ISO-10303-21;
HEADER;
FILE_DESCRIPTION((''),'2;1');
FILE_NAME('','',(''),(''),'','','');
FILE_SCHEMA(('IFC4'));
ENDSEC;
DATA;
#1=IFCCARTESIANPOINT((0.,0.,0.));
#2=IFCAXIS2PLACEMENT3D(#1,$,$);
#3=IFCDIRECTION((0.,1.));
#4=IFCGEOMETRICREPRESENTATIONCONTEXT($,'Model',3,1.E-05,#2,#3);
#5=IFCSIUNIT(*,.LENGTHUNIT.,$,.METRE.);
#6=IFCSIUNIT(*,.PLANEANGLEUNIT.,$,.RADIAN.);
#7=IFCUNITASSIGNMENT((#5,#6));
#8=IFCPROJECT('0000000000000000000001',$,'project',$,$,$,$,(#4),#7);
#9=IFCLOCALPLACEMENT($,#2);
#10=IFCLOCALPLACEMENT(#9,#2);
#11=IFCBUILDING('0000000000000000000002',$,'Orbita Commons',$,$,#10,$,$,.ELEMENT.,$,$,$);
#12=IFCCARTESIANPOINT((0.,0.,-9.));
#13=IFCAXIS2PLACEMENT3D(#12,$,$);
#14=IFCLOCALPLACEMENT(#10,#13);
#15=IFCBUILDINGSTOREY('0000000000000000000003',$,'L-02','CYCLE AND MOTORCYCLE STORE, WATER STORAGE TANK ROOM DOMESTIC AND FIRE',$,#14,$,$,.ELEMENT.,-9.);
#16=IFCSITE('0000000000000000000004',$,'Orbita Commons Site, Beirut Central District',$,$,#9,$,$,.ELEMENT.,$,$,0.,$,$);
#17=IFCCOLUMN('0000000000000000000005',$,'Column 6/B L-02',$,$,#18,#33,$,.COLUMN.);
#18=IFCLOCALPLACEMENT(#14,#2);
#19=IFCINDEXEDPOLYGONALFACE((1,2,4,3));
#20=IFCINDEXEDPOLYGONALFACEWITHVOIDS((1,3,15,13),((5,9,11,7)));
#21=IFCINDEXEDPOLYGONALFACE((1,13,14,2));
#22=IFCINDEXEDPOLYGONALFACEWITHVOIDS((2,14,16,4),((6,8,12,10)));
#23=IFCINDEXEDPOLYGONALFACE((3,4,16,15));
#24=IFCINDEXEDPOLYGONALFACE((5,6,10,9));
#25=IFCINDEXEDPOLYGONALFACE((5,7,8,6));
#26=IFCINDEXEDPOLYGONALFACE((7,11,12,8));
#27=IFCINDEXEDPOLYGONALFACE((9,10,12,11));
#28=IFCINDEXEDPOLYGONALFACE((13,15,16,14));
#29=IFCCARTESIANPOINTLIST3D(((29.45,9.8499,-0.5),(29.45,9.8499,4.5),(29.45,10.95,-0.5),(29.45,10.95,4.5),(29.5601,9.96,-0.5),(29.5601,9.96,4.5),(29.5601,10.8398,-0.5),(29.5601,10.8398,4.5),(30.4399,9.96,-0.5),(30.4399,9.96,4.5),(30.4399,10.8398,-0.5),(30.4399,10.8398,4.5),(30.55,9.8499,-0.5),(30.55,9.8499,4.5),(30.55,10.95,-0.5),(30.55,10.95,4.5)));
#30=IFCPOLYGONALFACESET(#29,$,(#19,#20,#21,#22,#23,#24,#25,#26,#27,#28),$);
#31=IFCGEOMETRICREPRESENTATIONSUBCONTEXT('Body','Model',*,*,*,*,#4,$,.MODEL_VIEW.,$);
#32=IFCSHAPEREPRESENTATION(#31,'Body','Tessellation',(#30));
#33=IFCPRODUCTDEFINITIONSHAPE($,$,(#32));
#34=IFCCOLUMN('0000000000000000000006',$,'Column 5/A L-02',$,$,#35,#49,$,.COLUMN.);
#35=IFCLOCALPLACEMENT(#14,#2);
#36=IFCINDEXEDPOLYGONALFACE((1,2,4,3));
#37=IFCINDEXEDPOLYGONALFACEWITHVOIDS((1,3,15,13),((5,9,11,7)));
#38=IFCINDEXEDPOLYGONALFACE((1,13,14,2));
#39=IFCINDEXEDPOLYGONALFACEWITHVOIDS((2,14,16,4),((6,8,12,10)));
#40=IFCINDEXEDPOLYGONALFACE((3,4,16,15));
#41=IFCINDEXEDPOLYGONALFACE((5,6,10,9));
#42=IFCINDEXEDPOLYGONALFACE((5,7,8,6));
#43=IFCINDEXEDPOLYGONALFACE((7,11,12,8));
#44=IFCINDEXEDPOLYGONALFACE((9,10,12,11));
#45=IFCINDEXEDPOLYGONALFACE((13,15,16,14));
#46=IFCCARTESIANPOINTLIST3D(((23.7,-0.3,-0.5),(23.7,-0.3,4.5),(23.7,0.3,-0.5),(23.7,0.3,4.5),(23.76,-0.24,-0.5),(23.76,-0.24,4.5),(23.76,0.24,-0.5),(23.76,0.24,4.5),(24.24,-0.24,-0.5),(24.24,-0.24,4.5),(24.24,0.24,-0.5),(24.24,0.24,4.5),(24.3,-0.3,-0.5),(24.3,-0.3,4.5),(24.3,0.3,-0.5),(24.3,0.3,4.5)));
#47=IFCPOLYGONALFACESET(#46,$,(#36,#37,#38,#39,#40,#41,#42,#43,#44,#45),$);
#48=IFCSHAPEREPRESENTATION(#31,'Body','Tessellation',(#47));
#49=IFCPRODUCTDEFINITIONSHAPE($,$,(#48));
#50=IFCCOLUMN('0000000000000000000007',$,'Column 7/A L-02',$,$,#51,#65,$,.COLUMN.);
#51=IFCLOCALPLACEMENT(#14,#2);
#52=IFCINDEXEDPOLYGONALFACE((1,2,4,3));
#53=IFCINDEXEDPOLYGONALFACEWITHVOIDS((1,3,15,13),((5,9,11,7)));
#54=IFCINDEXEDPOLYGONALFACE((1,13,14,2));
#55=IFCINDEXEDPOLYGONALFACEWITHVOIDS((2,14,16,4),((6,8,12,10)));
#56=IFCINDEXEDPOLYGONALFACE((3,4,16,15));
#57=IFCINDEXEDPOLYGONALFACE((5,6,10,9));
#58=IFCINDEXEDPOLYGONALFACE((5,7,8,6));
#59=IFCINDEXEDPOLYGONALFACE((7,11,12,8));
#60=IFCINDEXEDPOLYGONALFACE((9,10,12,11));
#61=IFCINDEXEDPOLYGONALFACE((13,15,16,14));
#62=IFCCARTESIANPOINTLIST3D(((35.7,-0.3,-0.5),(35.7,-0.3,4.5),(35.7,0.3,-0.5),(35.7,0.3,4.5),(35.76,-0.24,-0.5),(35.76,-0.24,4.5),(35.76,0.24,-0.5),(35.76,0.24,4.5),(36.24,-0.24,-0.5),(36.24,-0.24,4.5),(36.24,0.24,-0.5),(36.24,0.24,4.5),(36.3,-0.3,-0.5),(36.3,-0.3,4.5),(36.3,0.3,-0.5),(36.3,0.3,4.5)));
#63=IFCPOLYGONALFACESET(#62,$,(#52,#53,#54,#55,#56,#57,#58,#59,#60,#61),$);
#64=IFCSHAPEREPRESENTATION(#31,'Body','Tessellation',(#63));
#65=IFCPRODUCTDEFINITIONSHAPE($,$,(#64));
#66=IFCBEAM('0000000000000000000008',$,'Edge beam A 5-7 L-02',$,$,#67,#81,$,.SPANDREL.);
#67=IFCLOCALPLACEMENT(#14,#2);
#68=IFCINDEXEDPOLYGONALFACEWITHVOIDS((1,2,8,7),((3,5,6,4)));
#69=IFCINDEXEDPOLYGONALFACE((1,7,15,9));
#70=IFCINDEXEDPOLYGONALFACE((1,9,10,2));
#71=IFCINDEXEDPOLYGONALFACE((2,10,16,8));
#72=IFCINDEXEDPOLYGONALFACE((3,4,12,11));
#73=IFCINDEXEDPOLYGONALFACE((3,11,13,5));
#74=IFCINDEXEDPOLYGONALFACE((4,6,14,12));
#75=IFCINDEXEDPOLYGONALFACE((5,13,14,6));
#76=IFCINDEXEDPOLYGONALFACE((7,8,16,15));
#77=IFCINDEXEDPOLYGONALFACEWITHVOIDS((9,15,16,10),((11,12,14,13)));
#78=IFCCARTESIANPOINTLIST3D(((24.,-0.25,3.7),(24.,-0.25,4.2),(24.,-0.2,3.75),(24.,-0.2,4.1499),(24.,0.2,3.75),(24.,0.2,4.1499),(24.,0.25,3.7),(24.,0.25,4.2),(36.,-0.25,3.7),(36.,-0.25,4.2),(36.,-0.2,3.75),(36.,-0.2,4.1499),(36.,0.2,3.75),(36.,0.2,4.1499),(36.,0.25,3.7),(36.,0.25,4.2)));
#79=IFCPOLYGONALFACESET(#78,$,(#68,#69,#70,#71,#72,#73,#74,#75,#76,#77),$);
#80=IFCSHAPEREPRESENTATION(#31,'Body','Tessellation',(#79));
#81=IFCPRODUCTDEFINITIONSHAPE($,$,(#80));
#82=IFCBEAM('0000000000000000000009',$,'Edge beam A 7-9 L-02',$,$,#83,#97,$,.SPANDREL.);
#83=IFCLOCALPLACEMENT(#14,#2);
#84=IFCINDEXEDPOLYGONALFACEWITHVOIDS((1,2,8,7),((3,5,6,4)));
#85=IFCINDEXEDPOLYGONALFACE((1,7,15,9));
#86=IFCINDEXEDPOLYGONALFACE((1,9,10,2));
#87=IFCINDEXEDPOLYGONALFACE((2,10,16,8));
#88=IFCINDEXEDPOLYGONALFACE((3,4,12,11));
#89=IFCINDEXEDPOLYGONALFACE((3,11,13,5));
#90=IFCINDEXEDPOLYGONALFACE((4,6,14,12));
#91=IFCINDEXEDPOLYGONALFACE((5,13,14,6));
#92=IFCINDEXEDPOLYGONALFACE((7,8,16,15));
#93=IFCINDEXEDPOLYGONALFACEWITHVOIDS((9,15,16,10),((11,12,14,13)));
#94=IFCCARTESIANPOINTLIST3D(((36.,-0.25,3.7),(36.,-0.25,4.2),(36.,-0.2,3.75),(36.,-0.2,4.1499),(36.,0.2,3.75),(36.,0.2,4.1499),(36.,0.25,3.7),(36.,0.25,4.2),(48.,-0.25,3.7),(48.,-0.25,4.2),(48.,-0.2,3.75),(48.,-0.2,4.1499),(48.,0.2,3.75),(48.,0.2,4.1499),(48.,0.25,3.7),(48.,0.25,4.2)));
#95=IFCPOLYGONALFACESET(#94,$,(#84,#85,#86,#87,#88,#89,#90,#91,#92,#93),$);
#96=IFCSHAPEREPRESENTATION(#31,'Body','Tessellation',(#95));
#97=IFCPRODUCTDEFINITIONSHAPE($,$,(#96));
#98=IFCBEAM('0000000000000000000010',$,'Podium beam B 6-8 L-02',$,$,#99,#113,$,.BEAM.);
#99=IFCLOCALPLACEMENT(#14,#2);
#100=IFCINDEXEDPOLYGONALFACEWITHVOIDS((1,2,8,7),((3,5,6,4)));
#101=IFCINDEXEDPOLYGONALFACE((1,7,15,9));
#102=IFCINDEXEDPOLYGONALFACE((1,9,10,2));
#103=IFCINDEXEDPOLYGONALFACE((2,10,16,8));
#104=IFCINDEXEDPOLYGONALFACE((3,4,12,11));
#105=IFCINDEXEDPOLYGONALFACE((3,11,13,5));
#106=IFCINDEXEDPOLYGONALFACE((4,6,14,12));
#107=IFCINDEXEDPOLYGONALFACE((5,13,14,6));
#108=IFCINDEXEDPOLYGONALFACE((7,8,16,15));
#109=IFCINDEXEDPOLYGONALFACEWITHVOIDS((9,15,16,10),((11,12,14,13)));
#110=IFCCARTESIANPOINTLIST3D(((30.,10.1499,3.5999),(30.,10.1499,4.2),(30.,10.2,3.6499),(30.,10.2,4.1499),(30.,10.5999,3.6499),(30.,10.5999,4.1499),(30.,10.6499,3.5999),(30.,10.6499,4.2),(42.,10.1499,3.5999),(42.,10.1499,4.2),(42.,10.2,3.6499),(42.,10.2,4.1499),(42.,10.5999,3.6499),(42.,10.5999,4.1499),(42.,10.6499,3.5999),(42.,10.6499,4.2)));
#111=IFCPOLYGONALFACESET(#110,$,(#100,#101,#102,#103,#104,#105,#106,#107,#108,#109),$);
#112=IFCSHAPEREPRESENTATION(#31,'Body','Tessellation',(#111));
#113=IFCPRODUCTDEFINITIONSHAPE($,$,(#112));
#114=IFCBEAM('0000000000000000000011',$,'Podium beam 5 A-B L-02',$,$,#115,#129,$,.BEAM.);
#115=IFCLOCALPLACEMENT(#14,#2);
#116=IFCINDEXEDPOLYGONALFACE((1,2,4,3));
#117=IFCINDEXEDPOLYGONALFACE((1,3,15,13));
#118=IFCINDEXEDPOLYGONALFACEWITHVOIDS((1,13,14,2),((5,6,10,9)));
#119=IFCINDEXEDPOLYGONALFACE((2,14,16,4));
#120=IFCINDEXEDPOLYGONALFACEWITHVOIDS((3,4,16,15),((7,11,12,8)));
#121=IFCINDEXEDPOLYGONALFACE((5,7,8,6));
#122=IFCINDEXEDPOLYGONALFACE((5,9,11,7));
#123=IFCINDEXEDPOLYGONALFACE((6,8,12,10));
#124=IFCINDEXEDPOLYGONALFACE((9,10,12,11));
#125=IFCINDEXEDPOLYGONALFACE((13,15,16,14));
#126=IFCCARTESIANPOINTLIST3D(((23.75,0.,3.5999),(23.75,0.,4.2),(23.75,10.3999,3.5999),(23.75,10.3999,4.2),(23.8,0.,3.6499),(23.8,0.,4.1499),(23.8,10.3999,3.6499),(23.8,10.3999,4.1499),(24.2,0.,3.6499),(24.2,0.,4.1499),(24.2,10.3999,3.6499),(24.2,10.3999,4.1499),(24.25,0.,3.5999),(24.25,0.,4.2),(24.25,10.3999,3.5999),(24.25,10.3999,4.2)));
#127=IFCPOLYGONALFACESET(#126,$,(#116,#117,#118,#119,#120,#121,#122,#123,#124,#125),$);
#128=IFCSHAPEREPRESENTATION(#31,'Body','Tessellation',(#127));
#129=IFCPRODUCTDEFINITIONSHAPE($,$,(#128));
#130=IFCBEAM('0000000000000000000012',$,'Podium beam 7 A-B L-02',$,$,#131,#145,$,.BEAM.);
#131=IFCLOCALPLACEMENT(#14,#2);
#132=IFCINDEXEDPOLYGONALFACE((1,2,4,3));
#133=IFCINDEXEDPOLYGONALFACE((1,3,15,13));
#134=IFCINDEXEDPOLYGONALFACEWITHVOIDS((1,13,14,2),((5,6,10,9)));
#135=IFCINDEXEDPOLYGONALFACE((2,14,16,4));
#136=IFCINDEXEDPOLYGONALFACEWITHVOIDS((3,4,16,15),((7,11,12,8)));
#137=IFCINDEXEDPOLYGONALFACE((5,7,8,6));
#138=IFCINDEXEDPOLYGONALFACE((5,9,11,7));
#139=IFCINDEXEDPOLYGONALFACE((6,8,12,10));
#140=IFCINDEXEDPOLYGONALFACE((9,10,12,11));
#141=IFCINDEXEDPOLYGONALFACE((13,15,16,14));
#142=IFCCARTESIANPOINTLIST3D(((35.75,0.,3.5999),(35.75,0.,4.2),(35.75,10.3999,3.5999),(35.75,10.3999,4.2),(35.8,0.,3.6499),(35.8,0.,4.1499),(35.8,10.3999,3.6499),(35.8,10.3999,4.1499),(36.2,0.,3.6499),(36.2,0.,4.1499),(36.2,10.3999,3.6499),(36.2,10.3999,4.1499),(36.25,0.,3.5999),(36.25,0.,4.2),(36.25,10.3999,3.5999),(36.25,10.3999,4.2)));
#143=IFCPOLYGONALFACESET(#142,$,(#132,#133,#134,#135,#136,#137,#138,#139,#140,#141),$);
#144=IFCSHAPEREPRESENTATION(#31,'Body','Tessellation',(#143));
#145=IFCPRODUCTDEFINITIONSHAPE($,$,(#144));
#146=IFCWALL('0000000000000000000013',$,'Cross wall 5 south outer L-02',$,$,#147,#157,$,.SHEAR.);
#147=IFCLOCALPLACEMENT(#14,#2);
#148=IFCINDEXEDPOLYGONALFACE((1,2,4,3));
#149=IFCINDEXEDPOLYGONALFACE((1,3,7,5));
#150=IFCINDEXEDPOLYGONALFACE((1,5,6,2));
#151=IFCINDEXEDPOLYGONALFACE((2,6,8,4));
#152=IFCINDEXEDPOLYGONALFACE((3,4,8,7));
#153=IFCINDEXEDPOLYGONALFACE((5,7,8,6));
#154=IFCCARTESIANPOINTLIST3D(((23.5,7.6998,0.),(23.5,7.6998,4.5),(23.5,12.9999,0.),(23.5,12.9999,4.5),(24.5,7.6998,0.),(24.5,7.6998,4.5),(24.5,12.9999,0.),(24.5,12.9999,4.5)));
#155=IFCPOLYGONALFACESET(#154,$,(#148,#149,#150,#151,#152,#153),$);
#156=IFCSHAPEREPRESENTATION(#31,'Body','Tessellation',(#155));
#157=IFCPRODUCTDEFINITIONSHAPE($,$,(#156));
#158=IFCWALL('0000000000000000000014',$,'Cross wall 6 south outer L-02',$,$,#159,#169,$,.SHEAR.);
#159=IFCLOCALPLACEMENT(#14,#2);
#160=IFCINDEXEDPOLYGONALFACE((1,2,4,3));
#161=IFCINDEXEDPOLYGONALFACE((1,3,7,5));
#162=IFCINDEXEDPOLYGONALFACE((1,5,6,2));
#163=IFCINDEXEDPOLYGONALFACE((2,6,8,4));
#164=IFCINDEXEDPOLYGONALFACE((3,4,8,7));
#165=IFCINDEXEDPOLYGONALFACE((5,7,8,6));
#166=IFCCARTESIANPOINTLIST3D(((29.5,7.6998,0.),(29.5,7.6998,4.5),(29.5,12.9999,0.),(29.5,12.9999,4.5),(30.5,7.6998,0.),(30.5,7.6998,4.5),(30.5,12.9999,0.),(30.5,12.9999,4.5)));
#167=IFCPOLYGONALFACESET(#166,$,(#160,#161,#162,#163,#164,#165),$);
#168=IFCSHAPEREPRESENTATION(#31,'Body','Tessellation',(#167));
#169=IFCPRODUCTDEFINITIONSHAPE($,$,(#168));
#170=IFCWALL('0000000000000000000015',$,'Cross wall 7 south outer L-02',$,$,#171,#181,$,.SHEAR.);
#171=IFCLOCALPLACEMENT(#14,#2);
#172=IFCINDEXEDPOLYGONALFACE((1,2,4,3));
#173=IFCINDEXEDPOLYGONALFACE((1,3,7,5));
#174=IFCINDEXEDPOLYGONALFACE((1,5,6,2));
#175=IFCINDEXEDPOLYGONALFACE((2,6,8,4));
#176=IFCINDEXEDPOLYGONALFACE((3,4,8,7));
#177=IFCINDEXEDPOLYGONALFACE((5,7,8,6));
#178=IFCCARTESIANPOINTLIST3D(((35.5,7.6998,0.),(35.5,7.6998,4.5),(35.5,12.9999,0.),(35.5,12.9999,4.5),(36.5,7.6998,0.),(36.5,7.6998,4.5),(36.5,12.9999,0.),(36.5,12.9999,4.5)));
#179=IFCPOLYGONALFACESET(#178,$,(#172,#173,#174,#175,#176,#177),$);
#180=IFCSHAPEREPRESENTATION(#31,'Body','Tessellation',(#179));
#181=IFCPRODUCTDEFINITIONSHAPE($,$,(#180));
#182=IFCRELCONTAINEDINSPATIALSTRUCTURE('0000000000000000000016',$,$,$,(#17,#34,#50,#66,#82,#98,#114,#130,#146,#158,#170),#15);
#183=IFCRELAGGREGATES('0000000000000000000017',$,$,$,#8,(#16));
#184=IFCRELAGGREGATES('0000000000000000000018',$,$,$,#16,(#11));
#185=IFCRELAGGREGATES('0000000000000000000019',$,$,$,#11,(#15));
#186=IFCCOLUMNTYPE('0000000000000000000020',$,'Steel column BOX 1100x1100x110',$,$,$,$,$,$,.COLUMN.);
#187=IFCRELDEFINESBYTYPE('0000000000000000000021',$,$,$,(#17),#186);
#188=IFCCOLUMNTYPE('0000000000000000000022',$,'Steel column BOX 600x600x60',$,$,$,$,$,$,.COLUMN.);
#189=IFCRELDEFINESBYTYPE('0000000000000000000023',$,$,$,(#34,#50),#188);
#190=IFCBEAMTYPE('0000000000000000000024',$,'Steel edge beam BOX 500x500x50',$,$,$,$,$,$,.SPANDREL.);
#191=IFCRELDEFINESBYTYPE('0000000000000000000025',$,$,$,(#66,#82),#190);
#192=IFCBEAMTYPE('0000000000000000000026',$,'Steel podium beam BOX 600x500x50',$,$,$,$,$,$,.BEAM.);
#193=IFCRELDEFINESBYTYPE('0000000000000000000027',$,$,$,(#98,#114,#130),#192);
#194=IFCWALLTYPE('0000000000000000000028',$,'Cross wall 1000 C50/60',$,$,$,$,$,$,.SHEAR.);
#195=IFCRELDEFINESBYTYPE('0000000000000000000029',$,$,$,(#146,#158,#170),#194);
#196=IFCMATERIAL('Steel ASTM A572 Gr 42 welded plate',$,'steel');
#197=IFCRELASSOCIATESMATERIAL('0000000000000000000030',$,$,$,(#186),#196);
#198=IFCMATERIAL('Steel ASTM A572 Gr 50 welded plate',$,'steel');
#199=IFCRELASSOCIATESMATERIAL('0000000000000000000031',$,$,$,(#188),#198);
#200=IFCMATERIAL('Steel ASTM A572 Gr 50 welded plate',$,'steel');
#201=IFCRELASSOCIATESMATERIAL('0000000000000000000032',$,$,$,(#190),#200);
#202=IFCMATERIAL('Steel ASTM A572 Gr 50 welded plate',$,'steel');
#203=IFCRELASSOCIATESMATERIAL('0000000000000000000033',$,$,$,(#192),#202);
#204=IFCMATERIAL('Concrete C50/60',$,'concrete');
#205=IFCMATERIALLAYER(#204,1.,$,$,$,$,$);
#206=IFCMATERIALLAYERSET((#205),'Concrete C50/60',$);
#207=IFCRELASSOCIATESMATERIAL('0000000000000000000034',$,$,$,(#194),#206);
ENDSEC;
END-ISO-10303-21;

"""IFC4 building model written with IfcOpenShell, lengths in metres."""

from ifc_helpers import new_model, si_unit, direction, frame, frame_2d, origin, origin_2d, place, context, subcontext, project, spatial, rectangle, hollow_rectangle, extrude, material, layer, layer_set, material_profile, profile_set, type_object, element, save


model = new_model("IFC4")

# Units and contexts
model_context = context("Model", 3, precision=1e-05, world=origin(), true_north=direction((0.0, 1.0)))
body_context = subcontext(model_context, "Body", "Model", "MODEL_VIEW")
ifc_project = project(units=[si_unit("LENGTHUNIT", "METRE"), si_unit("PLANEANGLEUNIT", "RADIAN")], contexts=[model_context])

# Site, building, storey
site_placement = place(None, origin())
site = spatial("IfcSite", under=ifc_project, at=site_placement, Name="Orbita Commons Site, Beirut Central District", CompositionType="ELEMENT", RefElevation=0.0)
building_placement = place(site_placement, origin())
building = spatial("IfcBuilding", under=site, at=building_placement, Name="Orbita Commons", CompositionType="ELEMENT")
storey_placement = place(building_placement, frame((0.0, 0.0, -9.0)))
storey = spatial("IfcBuildingStorey", under=building, at=storey_placement, Name="L-02", Description="CYCLE AND MOTORCYCLE STORE, WATER STORAGE TANK ROOM DOMESTIC AND FIRE", CompositionType="ELEMENT", Elevation=-9.0)

# Columns
ifc_material_1 = material(Name="Steel ASTM A572 Gr 42 welded plate", Category="steel")
ifc_material_profile_1 = material_profile(ifc_material_1, hollow_rectangle(XDim=1.1001, YDim=1.1001, WallThickness=0.1101, at=origin_2d()), Name="BOX 1100x1100x110")
ifc_profile_set_1 = profile_set([ifc_material_profile_1], Name="Steel ASTM A572 Gr 42 welded plate")
column_type_1 = type_object("IfcColumnType", Name="Steel column BOX 1100x1100x110", PredefinedType="COLUMN", material=ifc_profile_set_1)
column_placement = place(storey_placement, frame((30.0, 10.3999, -0.5), z_axis=(0.0, 0.0, 1.0), x_axis=(1.0, 0.0, 0.0)))
element("IfcColumn", 1, at=column_placement, inside=storey, type_object=column_type_1, Name="Column 6/B L-02", PredefinedType="COLUMN", context=body_context, shape_type="SweptSolid", body=[
    extrude(hollow_rectangle(XDim=1.1001, YDim=1.1001, WallThickness=0.1101, at=origin_2d()), origin(), (0.0, 0.0, 1.0), 5.0),
])
ifc_material_2 = material(Name="Steel ASTM A572 Gr 50 welded plate", Category="steel")
ifc_material_profile_2 = material_profile(ifc_material_2, hollow_rectangle(XDim=0.6001, YDim=0.6001, WallThickness=0.0601, at=origin_2d()), Name="BOX 600x600x60")
ifc_profile_set_2 = profile_set([ifc_material_profile_2], Name="Steel ASTM A572 Gr 50 welded plate")
column_type_2 = type_object("IfcColumnType", Name="Steel column BOX 600x600x60", PredefinedType="COLUMN", material=ifc_profile_set_2)
for number, where, z_axis, x_axis, name in (
    (2, (24.0, 0.0, -0.5), (0.0, 0.0, 1.0), (1.0, 0.0, 0.0), "Column 5/A L-02"),
    (3, (36.0, 0.0, -0.5), (0.0, 0.0, 1.0), (1.0, 0.0, 0.0), "Column 7/A L-02"),
):
    element("IfcColumn", number, at=place(storey_placement, frame(where, z_axis=z_axis, x_axis=x_axis)), inside=storey, type_object=column_type_2, Name=name, PredefinedType="COLUMN", context=body_context, shape_type="SweptSolid", body=[
        extrude(hollow_rectangle(XDim=0.6001, YDim=0.6001, WallThickness=0.0601, at=origin_2d()), origin(), (0.0, 0.0, 1.0), 5.0),
    ])

# Beams
ifc_material_3 = material(Name="Steel ASTM A572 Gr 50 welded plate", Category="steel")
ifc_material_profile_3 = material_profile(ifc_material_3, hollow_rectangle(XDim=0.5, YDim=0.5, WallThickness=0.05, at=origin_2d()), Name="BOX 500x500x50")
ifc_profile_set_3 = profile_set([ifc_material_profile_3], Name="Steel ASTM A572 Gr 50 welded plate")
beam_type_1 = type_object("IfcBeamType", Name="Steel edge beam BOX 500x500x50", PredefinedType="SPANDREL", material=ifc_profile_set_3)
for number, where, z_axis, x_axis, name in (
    (4, (24.0, 0.0, 3.95), (1.0, 0.0, 0.0), (0.0, 1.0, 0.0), "Edge beam A 5-7 L-02"),
    (5, (36.0, 0.0, 3.95), (1.0, 0.0, 0.0), (0.0, 1.0, 0.0), "Edge beam A 7-9 L-02"),
):
    element("IfcBeam", number, at=place(storey_placement, frame(where, z_axis=z_axis, x_axis=x_axis)), inside=storey, type_object=beam_type_1, Name=name, PredefinedType="SPANDREL", context=body_context, shape_type="SweptSolid", body=[
        extrude(hollow_rectangle(XDim=0.5, YDim=0.5, WallThickness=0.05, at=origin_2d()), origin(), (0.0, 0.0, 1.0), 12.0),
    ])
ifc_material_4 = material(Name="Steel ASTM A572 Gr 50 welded plate", Category="steel")
ifc_material_profile_4 = material_profile(ifc_material_4, hollow_rectangle(XDim=0.5, YDim=0.6001, WallThickness=0.05, at=origin_2d()), Name="BOX 600x500x50")
ifc_profile_set_4 = profile_set([ifc_material_profile_4], Name="Steel ASTM A572 Gr 50 welded plate")
beam_type_2 = type_object("IfcBeamType", Name="Steel podium beam BOX 600x500x50", PredefinedType="BEAM", material=ifc_profile_set_4)
beam_placement = place(storey_placement, frame((30.0, 10.3999, 3.8999), z_axis=(1.0, 0.0, 0.0), x_axis=(0.0, 1.0, 0.0)))
element("IfcBeam", 6, at=beam_placement, inside=storey, type_object=beam_type_2, Name="Podium beam B 6-8 L-02", PredefinedType="BEAM", context=body_context, shape_type="SweptSolid", body=[
    extrude(hollow_rectangle(XDim=0.5, YDim=0.6001, WallThickness=0.05, at=origin_2d()), origin(), (0.0, 0.0, 1.0), 12.0),
])
for number, where, z_axis, x_axis, name in (
    (7, (24.0, 0.0, 3.8999), (0.0, 1.0, 0.0), (-1.0, 0.0, 0.0), "Podium beam 5 A-B L-02"),
    (8, (36.0, 0.0, 3.8999), (0.0, 1.0, 0.0), (-1.0, 0.0, 0.0), "Podium beam 7 A-B L-02"),
):
    element("IfcBeam", number, at=place(storey_placement, frame(where, z_axis=z_axis, x_axis=x_axis)), inside=storey, type_object=beam_type_2, Name=name, PredefinedType="BEAM", context=body_context, shape_type="SweptSolid", body=[
        extrude(hollow_rectangle(XDim=0.5, YDim=0.6001, WallThickness=0.05, at=origin_2d()), origin(), (0.0, 0.0, 1.0), 10.3999),
    ])

# Walls
ifc_material_5 = material(Name="Concrete C50/60", Category="concrete")
ifc_layer = layer(ifc_material_5, 1.0)
ifc_layer_set = layer_set([ifc_layer], Name="Concrete C50/60")
wall_type = type_object("IfcWallType", Name="Cross wall 1000 C50/60", PredefinedType="SHEAR", material=ifc_layer_set)
for number, where, z_axis, x_axis, name in (
    (9, (24.0, 7.7, 0.0), (0.0, 0.0, 1.0), (0.0, 1.0, 0.0), "Cross wall 5 south outer L-02"),
    (10, (30.0, 7.7, 0.0), (0.0, 0.0, 1.0), (0.0, 1.0, 0.0), "Cross wall 6 south outer L-02"),
    (11, (36.0, 7.7, 0.0), (0.0, 0.0, 1.0), (0.0, 1.0, 0.0), "Cross wall 7 south outer L-02"),
):
    element("IfcWall", number, at=place(storey_placement, frame(where, z_axis=z_axis, x_axis=x_axis)), inside=storey, type_object=wall_type, Name=name, PredefinedType="SHEAR", context=body_context, shape_type="SweptSolid", body=[
        extrude(rectangle(XDim=5.3, YDim=1.0, at=frame_2d((2.6499, 0.0))), origin(), (0.0, 0.0, 1.0), 4.5),
    ])

save(model, "model.ifc")
